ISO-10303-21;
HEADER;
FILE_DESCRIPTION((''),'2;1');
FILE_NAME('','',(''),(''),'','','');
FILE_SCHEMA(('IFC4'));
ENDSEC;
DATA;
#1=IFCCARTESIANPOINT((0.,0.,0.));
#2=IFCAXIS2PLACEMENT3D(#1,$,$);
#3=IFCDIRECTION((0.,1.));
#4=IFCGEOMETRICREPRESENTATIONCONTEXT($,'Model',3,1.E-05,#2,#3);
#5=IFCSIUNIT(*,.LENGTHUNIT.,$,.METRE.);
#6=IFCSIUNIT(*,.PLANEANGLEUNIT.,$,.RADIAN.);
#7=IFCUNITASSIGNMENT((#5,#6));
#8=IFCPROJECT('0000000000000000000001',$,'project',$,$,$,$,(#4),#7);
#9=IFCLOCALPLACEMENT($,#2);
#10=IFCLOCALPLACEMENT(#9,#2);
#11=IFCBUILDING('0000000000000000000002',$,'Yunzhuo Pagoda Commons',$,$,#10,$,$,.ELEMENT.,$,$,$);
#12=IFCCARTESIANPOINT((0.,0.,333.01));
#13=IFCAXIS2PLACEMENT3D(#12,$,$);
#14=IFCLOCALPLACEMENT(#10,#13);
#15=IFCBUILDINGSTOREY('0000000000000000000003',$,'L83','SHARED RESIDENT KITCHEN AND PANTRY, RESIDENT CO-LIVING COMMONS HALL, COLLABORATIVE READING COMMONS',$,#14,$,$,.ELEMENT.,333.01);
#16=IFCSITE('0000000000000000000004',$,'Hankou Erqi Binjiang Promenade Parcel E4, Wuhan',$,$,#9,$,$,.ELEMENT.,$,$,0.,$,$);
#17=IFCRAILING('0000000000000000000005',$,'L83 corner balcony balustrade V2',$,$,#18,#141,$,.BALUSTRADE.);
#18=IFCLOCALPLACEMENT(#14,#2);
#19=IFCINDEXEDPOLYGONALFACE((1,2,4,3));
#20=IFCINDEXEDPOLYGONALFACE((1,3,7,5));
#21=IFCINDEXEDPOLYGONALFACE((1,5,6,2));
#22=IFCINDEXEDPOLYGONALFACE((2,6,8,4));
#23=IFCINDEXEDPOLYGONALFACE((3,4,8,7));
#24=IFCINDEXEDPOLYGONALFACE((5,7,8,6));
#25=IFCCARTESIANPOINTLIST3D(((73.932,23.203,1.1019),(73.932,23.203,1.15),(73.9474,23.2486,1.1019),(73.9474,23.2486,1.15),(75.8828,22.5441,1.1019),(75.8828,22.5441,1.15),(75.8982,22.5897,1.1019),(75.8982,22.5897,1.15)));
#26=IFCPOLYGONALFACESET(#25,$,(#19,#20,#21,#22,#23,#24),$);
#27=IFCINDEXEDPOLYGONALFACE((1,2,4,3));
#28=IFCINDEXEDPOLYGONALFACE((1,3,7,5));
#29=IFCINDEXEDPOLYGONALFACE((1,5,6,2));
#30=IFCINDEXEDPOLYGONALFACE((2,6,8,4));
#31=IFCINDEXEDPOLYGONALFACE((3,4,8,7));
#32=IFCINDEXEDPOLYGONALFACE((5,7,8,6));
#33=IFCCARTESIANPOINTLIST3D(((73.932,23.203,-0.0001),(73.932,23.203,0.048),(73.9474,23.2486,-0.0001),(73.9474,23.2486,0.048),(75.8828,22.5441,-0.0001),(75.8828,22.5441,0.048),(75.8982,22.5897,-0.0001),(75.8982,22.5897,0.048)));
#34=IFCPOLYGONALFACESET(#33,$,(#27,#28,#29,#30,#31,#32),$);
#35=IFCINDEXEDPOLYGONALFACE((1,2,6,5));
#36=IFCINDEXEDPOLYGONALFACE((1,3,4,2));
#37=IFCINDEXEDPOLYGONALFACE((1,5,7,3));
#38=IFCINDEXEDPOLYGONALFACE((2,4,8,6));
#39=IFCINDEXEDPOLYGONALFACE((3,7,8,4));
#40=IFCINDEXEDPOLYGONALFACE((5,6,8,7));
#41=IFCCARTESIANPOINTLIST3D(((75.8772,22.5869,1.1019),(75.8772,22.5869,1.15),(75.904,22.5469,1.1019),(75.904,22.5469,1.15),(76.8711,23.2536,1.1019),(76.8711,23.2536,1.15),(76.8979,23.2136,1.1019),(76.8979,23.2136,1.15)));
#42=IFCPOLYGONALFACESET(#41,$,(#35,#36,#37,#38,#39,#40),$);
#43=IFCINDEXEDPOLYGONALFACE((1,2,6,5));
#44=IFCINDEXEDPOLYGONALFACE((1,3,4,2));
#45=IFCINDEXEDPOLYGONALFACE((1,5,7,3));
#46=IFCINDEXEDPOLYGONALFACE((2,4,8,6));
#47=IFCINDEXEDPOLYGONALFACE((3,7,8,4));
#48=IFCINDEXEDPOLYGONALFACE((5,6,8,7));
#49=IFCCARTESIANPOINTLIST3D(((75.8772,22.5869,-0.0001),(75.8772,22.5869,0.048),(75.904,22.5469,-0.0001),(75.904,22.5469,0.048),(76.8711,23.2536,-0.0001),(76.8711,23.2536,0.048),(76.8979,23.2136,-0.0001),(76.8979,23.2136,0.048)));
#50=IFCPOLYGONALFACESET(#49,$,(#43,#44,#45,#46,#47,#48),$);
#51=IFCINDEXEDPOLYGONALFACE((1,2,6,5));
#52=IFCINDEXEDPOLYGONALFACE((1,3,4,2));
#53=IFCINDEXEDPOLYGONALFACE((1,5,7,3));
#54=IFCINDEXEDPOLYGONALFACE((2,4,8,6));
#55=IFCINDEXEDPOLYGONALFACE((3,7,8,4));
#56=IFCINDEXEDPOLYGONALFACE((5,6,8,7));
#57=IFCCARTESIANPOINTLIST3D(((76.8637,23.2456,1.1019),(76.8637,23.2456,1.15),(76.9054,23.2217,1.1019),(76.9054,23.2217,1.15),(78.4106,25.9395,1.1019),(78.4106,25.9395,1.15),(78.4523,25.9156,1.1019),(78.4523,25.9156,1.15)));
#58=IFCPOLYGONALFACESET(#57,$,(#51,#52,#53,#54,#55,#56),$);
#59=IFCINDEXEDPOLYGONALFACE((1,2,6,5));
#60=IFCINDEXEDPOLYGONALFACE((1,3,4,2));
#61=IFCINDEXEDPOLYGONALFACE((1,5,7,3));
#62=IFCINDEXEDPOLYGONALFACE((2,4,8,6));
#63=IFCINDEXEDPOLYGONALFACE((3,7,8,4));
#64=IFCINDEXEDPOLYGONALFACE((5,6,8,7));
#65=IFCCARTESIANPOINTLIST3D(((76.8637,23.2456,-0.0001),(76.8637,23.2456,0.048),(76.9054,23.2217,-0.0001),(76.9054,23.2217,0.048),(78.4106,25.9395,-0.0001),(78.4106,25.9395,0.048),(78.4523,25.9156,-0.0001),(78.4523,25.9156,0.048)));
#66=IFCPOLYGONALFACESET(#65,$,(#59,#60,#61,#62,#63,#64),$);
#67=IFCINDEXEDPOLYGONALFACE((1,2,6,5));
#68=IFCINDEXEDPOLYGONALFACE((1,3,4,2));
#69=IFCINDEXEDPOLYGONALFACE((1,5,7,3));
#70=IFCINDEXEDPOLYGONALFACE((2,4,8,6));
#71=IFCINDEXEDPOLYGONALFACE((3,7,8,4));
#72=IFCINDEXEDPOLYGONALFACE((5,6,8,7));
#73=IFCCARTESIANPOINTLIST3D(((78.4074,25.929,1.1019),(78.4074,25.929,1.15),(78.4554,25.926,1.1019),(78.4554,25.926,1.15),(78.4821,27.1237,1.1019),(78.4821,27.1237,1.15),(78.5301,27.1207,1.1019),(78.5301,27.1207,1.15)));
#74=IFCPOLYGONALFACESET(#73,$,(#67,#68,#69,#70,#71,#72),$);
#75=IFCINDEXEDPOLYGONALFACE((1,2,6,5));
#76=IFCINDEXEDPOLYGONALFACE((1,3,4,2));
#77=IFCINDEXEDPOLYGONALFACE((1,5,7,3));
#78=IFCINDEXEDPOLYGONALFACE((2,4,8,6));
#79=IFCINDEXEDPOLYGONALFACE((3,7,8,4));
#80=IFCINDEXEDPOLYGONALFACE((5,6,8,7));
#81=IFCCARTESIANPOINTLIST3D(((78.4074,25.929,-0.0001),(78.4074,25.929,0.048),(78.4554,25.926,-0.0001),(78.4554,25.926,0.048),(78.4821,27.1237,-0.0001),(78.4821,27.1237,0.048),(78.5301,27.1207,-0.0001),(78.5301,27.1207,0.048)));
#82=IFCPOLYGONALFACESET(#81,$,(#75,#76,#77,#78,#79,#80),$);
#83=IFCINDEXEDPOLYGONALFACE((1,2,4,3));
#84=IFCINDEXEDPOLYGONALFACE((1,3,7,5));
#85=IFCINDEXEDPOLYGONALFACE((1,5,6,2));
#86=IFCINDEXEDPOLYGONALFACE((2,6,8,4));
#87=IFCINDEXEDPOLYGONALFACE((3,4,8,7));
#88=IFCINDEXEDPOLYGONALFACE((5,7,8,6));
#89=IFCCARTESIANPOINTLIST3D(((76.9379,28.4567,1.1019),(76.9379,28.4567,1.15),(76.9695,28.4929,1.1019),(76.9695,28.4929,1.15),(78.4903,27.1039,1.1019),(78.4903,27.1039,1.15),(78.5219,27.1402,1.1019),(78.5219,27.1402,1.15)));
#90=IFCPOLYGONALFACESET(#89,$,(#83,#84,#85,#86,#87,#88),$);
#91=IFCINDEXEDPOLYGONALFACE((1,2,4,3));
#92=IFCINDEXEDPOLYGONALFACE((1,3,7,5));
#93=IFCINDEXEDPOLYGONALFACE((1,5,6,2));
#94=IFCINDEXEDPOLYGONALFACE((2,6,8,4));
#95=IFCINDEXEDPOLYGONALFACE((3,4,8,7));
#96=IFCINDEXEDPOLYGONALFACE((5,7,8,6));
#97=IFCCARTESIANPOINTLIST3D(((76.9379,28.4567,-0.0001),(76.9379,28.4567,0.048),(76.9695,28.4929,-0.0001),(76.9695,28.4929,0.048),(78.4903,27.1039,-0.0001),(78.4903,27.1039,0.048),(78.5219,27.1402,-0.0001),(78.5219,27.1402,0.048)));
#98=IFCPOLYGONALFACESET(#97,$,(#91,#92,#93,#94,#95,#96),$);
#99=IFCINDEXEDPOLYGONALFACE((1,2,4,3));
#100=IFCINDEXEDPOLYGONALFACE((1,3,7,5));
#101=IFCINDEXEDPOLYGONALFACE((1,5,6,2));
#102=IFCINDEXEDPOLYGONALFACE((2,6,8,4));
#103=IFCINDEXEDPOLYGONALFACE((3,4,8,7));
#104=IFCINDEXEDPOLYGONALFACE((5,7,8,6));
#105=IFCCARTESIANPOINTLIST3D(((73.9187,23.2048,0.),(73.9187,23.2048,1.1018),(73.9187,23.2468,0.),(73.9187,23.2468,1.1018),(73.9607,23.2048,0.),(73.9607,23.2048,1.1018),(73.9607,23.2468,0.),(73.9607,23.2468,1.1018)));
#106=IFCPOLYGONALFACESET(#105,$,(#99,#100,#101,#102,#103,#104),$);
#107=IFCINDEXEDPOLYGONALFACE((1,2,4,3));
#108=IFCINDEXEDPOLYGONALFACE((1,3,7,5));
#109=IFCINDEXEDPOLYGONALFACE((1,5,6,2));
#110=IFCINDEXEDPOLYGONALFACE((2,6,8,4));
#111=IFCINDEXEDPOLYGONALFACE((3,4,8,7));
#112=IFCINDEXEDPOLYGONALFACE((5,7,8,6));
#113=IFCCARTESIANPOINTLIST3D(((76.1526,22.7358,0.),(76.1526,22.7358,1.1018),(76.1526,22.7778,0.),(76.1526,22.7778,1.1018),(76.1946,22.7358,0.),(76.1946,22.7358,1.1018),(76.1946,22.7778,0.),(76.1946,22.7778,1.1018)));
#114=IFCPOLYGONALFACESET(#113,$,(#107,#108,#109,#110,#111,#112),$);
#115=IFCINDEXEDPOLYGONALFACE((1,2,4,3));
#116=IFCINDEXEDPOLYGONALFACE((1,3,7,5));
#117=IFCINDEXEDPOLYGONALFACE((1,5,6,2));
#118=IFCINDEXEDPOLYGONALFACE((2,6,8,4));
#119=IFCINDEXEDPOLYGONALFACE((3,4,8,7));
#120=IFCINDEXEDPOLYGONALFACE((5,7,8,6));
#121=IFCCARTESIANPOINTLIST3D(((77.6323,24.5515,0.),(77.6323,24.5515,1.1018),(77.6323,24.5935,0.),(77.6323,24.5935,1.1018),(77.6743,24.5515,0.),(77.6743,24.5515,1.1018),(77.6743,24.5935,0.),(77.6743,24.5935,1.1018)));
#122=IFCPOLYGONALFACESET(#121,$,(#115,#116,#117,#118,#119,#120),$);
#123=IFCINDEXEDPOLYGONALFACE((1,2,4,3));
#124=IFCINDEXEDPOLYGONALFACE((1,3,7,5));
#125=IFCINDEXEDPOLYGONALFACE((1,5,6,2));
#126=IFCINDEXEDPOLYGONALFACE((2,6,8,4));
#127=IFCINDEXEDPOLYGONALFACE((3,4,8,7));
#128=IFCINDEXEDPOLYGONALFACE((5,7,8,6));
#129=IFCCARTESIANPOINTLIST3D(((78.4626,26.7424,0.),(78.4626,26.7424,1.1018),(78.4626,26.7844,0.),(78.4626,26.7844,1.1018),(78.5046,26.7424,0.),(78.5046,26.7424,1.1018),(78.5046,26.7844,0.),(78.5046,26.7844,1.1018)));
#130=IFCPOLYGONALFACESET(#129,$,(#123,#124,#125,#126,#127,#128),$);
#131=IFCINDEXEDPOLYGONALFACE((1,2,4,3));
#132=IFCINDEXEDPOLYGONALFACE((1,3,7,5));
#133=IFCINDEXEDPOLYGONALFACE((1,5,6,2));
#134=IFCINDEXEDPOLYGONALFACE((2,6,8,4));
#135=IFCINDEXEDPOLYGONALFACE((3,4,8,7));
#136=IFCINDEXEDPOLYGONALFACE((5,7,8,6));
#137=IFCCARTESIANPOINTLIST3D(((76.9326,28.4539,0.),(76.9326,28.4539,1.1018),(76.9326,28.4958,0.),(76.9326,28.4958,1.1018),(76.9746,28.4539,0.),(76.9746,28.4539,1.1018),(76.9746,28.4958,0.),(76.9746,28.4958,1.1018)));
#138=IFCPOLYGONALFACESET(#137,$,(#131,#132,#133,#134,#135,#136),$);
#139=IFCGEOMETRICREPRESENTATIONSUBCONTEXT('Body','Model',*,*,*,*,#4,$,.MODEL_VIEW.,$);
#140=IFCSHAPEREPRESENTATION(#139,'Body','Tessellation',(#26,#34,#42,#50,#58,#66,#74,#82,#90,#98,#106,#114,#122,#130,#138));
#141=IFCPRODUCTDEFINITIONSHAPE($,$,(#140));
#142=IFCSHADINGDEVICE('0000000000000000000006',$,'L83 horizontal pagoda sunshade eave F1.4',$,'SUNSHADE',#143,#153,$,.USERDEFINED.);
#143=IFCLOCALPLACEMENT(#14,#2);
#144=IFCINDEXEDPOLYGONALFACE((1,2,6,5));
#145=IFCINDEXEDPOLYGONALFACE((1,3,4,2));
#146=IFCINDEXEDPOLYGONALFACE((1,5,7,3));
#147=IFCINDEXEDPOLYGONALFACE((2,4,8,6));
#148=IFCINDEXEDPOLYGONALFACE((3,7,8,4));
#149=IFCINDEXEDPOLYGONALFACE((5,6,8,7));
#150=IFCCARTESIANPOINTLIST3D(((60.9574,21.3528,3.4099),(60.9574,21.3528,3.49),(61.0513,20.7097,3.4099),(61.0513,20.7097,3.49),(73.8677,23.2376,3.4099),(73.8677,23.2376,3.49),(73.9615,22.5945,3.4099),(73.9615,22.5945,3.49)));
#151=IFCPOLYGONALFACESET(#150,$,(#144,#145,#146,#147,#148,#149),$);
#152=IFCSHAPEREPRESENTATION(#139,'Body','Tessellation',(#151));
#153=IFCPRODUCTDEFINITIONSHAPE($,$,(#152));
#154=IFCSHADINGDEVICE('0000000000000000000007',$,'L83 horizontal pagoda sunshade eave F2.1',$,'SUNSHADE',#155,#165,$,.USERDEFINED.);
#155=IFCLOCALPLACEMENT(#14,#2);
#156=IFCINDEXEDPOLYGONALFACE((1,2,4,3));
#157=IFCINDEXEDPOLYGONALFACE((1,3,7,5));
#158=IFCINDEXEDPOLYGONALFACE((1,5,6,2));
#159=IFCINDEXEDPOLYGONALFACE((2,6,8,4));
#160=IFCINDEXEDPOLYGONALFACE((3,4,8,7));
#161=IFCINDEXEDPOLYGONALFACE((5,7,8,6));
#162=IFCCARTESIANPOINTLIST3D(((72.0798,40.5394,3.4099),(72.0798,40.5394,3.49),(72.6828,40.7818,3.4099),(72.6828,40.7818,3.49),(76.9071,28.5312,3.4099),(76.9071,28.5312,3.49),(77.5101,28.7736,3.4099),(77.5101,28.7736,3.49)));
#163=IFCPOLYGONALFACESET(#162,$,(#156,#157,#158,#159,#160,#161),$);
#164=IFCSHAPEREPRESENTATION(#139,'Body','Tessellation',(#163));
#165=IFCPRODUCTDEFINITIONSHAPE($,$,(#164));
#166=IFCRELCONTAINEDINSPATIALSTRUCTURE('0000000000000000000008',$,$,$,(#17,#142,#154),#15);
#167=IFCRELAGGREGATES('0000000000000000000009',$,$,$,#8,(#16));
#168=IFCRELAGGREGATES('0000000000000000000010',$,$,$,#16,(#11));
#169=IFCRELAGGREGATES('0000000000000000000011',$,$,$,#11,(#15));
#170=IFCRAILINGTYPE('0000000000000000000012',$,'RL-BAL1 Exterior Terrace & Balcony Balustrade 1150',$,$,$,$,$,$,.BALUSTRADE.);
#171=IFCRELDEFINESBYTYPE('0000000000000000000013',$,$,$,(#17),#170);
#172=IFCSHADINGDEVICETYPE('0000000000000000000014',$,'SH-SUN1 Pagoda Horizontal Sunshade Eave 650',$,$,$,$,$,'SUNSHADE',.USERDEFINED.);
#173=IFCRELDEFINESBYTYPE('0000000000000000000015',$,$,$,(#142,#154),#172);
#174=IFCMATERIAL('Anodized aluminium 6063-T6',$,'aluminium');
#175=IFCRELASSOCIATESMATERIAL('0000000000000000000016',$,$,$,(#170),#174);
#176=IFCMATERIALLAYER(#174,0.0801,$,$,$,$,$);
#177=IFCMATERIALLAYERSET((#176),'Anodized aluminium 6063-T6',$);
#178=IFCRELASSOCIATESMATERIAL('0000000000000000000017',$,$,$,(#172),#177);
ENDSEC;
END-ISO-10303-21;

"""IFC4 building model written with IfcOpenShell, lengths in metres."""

from ifc_helpers import new_model, si_unit, direction, frame, origin, origin_2d, place, context, subcontext, project, spatial, rectangle, extrude, source, transform, mapped, material, layer, layer_set, type_object, element, save


model = new_model("IFC4")

# Units and contexts
model_context = context("Model", 3, precision=1e-05, world=origin(), true_north=direction((0.0, 1.0)))
body_context = subcontext(model_context, "Body", "Model", "MODEL_VIEW")
ifc_project = project(units=[si_unit("LENGTHUNIT", "METRE"), si_unit("PLANEANGLEUNIT", "RADIAN")], contexts=[model_context])

# Site, building, storey
site_placement = place(None, origin())
site = spatial("IfcSite", under=ifc_project, at=site_placement, Name="Hankou Erqi Binjiang Promenade Parcel E4, Wuhan", CompositionType="ELEMENT", RefElevation=0.0)
building_placement = place(site_placement, origin())
building = spatial("IfcBuilding", under=site, at=building_placement, Name="Yunzhuo Pagoda Commons", CompositionType="ELEMENT")
storey_placement = place(building_placement, frame((0.0, 0.0, 333.01)))
storey = spatial("IfcBuildingStorey", under=building, at=storey_placement, Name="L83", Description="SHARED RESIDENT KITCHEN AND PANTRY, RESIDENT CO-LIVING COMMONS HALL, COLLABORATIVE READING COMMONS", CompositionType="ELEMENT", Elevation=333.01)

# Shared definitions
ifc_material_1 = material(Name="Anodized aluminium 6063-T6", Category="aluminium")

# Railing
railing_type = type_object("IfcRailingType", Name="RL-BAL1 Exterior Terrace & Balcony Balustrade 1150", PredefinedType="BALUSTRADE", material=ifc_material_1)
railing_placement = place(storey_placement, frame((73.9397, 23.2258, 0.0)))
element("IfcRailing", 1, at=railing_placement, inside=storey, type_object=railing_type, Name="L83 corner balcony balustrade V2", PredefinedType="BALUSTRADE", context=body_context, shape_type="SweptSolid", body=[
    extrude(rectangle(XDim=0.0481, YDim=0.0481, at=origin_2d()), frame((0.0, 0.0, 1.126), z_axis=(0.947419, -0.319996, 0.0), x_axis=(0.319996, 0.947419, 0.0)), (0.0, 0.0, 1.0), 2.0591),
    extrude(rectangle(XDim=0.0481, YDim=0.0481, at=origin_2d()), frame((0.0, 0.0, 0.0239), z_axis=(0.947419, -0.319996, 0.0), x_axis=(0.319996, 0.947419, 0.0)), (0.0, 0.0, 1.0), 2.0591),
    extrude(rectangle(XDim=0.0481, YDim=0.0481, at=origin_2d()), frame((1.9509, -0.6589, 1.126), z_axis=(0.830446, 0.557099, 0.0), x_axis=(-0.557099, 0.830446, 0.0)), (0.0, 0.0, 1.0), 1.1968),
    extrude(rectangle(XDim=0.0481, YDim=0.0481, at=origin_2d()), frame((1.9509, -0.6589, 0.0239), z_axis=(0.830446, 0.557099, 0.0), x_axis=(-0.557099, 0.830446, 0.0)), (0.0, 0.0, 1.0), 1.1968),
    extrude(rectangle(XDim=0.0481, YDim=0.0481, at=origin_2d()), frame((2.9448, 0.0078, 1.126), z_axis=(0.497966, 0.867197, 0.0), x_axis=(-0.867197, 0.497966, 0.0)), (0.0, 0.0, 1.0), 3.1064),
    extrude(rectangle(XDim=0.0481, YDim=0.0481, at=origin_2d()), frame((2.9448, 0.0078, 0.0239), z_axis=(0.497966, 0.867197, 0.0), x_axis=(-0.867197, 0.497966, 0.0)), (0.0, 0.0, 1.0), 3.1064),
    extrude(rectangle(XDim=0.0481, YDim=0.0481, at=origin_2d()), frame((4.4917, 2.7017, 1.126), z_axis=(0.062416, 0.99805, 0.0), x_axis=(-0.99805, 0.062416, 0.0)), (0.0, 0.0, 1.0), 1.197),
    extrude(rectangle(XDim=0.0481, YDim=0.0481, at=origin_2d()), frame((4.4917, 2.7017, 0.0239), z_axis=(0.062416, 0.99805, 0.0), x_axis=(-0.99805, 0.062416, 0.0)), (0.0, 0.0, 1.0), 1.197),
    extrude(rectangle(XDim=0.0481, YDim=0.0481, at=origin_2d()), frame((4.5664, 3.8962, 1.126), z_axis=(-0.753934, 0.65695, 0.0), x_axis=(-0.65695, -0.753934, 0.0)), (0.0, 0.0, 1.0), 2.0591),
    extrude(rectangle(XDim=0.0481, YDim=0.0481, at=origin_2d()), frame((4.5664, 3.8962, 0.0239), z_axis=(-0.753934, 0.65695, 0.0), x_axis=(-0.65695, -0.753934, 0.0)), (0.0, 0.0, 1.0), 2.0591),
    extrude(rectangle(XDim=0.042, YDim=0.042, at=origin_2d()), origin(), (0.0, 0.0, 1.0), 1.1018),
    extrude(rectangle(XDim=0.042, YDim=0.042, at=origin_2d()), frame((2.2339, -0.469, 0.0)), (0.0, 0.0, 1.0), 1.1018),
    extrude(rectangle(XDim=0.042, YDim=0.042, at=origin_2d()), frame((3.7136, 1.3467, 0.0)), (0.0, 0.0, 1.0), 1.1018),
    extrude(rectangle(XDim=0.042, YDim=0.042, at=origin_2d()), frame((4.5439, 3.5376, 0.0)), (0.0, 0.0, 1.0), 1.1018),
    extrude(rectangle(XDim=0.042, YDim=0.042, at=origin_2d()), frame((3.0139, 5.249, 0.0)), (0.0, 0.0, 1.0), 1.1018),
])

# Shading devices
ifc_layer_1 = layer(ifc_material_1, 0.0801)
ifc_layer_set_1 = layer_set([ifc_layer_1], Name="Anodized aluminium 6063-T6")
shading_device_type = type_object("IfcShadingDeviceType", Name="SH-SUN1 Pagoda Horizontal Sunshade Eave 650", ElementType="SUNSHADE", PredefinedType="USERDEFINED", material=ifc_layer_set_1)
shared_shape_1 = source(origin(), body_context, "Body", "SweptSolid", [
    extrude(rectangle(XDim=13.0471, YDim=0.6499, at=origin_2d()), origin(), (0.0, 0.0, 1.0), 0.0801),
])
shading_device_1_placement = place(storey_placement, frame((67.4595, 21.9736, 3.4099), z_axis=(0.0, 0.0, 1.0), x_axis=(0.989511, 0.14446, 0.0)))
element("IfcShadingDevice", 2, at=shading_device_1_placement, inside=storey, type_object=shading_device_type, Name="L83 horizontal pagoda sunshade eave F1.4", ObjectType="SUNSHADE", PredefinedType="USERDEFINED", context=body_context, shape_type="MappedRepresentation", body=[
    mapped(shared_shape_1, transform((0.0, 0.0, 0.0), scale=1.0)),
])
shared_shape_2 = source(origin(), body_context, "Body", "SweptSolid", [
    extrude(rectangle(XDim=12.9421, YDim=0.6499, at=origin_2d()), origin(), (0.0, 0.0, 1.0), 0.0801),
])
shading_device_2_placement = place(storey_placement, frame((74.7949, 34.6565, 3.4099), z_axis=(0.0, 0.0, 1.0), x_axis=(-0.372988, 0.927836, 0.0)))
element("IfcShadingDevice", 3, at=shading_device_2_placement, inside=storey, type_object=shading_device_type, Name="L83 horizontal pagoda sunshade eave F2.1", ObjectType="SUNSHADE", PredefinedType="USERDEFINED", context=body_context, shape_type="MappedRepresentation", body=[
    mapped(shared_shape_2, transform((0.0, 0.0, 0.0), scale=1.0)),
])

save(model, "model.ifc")
